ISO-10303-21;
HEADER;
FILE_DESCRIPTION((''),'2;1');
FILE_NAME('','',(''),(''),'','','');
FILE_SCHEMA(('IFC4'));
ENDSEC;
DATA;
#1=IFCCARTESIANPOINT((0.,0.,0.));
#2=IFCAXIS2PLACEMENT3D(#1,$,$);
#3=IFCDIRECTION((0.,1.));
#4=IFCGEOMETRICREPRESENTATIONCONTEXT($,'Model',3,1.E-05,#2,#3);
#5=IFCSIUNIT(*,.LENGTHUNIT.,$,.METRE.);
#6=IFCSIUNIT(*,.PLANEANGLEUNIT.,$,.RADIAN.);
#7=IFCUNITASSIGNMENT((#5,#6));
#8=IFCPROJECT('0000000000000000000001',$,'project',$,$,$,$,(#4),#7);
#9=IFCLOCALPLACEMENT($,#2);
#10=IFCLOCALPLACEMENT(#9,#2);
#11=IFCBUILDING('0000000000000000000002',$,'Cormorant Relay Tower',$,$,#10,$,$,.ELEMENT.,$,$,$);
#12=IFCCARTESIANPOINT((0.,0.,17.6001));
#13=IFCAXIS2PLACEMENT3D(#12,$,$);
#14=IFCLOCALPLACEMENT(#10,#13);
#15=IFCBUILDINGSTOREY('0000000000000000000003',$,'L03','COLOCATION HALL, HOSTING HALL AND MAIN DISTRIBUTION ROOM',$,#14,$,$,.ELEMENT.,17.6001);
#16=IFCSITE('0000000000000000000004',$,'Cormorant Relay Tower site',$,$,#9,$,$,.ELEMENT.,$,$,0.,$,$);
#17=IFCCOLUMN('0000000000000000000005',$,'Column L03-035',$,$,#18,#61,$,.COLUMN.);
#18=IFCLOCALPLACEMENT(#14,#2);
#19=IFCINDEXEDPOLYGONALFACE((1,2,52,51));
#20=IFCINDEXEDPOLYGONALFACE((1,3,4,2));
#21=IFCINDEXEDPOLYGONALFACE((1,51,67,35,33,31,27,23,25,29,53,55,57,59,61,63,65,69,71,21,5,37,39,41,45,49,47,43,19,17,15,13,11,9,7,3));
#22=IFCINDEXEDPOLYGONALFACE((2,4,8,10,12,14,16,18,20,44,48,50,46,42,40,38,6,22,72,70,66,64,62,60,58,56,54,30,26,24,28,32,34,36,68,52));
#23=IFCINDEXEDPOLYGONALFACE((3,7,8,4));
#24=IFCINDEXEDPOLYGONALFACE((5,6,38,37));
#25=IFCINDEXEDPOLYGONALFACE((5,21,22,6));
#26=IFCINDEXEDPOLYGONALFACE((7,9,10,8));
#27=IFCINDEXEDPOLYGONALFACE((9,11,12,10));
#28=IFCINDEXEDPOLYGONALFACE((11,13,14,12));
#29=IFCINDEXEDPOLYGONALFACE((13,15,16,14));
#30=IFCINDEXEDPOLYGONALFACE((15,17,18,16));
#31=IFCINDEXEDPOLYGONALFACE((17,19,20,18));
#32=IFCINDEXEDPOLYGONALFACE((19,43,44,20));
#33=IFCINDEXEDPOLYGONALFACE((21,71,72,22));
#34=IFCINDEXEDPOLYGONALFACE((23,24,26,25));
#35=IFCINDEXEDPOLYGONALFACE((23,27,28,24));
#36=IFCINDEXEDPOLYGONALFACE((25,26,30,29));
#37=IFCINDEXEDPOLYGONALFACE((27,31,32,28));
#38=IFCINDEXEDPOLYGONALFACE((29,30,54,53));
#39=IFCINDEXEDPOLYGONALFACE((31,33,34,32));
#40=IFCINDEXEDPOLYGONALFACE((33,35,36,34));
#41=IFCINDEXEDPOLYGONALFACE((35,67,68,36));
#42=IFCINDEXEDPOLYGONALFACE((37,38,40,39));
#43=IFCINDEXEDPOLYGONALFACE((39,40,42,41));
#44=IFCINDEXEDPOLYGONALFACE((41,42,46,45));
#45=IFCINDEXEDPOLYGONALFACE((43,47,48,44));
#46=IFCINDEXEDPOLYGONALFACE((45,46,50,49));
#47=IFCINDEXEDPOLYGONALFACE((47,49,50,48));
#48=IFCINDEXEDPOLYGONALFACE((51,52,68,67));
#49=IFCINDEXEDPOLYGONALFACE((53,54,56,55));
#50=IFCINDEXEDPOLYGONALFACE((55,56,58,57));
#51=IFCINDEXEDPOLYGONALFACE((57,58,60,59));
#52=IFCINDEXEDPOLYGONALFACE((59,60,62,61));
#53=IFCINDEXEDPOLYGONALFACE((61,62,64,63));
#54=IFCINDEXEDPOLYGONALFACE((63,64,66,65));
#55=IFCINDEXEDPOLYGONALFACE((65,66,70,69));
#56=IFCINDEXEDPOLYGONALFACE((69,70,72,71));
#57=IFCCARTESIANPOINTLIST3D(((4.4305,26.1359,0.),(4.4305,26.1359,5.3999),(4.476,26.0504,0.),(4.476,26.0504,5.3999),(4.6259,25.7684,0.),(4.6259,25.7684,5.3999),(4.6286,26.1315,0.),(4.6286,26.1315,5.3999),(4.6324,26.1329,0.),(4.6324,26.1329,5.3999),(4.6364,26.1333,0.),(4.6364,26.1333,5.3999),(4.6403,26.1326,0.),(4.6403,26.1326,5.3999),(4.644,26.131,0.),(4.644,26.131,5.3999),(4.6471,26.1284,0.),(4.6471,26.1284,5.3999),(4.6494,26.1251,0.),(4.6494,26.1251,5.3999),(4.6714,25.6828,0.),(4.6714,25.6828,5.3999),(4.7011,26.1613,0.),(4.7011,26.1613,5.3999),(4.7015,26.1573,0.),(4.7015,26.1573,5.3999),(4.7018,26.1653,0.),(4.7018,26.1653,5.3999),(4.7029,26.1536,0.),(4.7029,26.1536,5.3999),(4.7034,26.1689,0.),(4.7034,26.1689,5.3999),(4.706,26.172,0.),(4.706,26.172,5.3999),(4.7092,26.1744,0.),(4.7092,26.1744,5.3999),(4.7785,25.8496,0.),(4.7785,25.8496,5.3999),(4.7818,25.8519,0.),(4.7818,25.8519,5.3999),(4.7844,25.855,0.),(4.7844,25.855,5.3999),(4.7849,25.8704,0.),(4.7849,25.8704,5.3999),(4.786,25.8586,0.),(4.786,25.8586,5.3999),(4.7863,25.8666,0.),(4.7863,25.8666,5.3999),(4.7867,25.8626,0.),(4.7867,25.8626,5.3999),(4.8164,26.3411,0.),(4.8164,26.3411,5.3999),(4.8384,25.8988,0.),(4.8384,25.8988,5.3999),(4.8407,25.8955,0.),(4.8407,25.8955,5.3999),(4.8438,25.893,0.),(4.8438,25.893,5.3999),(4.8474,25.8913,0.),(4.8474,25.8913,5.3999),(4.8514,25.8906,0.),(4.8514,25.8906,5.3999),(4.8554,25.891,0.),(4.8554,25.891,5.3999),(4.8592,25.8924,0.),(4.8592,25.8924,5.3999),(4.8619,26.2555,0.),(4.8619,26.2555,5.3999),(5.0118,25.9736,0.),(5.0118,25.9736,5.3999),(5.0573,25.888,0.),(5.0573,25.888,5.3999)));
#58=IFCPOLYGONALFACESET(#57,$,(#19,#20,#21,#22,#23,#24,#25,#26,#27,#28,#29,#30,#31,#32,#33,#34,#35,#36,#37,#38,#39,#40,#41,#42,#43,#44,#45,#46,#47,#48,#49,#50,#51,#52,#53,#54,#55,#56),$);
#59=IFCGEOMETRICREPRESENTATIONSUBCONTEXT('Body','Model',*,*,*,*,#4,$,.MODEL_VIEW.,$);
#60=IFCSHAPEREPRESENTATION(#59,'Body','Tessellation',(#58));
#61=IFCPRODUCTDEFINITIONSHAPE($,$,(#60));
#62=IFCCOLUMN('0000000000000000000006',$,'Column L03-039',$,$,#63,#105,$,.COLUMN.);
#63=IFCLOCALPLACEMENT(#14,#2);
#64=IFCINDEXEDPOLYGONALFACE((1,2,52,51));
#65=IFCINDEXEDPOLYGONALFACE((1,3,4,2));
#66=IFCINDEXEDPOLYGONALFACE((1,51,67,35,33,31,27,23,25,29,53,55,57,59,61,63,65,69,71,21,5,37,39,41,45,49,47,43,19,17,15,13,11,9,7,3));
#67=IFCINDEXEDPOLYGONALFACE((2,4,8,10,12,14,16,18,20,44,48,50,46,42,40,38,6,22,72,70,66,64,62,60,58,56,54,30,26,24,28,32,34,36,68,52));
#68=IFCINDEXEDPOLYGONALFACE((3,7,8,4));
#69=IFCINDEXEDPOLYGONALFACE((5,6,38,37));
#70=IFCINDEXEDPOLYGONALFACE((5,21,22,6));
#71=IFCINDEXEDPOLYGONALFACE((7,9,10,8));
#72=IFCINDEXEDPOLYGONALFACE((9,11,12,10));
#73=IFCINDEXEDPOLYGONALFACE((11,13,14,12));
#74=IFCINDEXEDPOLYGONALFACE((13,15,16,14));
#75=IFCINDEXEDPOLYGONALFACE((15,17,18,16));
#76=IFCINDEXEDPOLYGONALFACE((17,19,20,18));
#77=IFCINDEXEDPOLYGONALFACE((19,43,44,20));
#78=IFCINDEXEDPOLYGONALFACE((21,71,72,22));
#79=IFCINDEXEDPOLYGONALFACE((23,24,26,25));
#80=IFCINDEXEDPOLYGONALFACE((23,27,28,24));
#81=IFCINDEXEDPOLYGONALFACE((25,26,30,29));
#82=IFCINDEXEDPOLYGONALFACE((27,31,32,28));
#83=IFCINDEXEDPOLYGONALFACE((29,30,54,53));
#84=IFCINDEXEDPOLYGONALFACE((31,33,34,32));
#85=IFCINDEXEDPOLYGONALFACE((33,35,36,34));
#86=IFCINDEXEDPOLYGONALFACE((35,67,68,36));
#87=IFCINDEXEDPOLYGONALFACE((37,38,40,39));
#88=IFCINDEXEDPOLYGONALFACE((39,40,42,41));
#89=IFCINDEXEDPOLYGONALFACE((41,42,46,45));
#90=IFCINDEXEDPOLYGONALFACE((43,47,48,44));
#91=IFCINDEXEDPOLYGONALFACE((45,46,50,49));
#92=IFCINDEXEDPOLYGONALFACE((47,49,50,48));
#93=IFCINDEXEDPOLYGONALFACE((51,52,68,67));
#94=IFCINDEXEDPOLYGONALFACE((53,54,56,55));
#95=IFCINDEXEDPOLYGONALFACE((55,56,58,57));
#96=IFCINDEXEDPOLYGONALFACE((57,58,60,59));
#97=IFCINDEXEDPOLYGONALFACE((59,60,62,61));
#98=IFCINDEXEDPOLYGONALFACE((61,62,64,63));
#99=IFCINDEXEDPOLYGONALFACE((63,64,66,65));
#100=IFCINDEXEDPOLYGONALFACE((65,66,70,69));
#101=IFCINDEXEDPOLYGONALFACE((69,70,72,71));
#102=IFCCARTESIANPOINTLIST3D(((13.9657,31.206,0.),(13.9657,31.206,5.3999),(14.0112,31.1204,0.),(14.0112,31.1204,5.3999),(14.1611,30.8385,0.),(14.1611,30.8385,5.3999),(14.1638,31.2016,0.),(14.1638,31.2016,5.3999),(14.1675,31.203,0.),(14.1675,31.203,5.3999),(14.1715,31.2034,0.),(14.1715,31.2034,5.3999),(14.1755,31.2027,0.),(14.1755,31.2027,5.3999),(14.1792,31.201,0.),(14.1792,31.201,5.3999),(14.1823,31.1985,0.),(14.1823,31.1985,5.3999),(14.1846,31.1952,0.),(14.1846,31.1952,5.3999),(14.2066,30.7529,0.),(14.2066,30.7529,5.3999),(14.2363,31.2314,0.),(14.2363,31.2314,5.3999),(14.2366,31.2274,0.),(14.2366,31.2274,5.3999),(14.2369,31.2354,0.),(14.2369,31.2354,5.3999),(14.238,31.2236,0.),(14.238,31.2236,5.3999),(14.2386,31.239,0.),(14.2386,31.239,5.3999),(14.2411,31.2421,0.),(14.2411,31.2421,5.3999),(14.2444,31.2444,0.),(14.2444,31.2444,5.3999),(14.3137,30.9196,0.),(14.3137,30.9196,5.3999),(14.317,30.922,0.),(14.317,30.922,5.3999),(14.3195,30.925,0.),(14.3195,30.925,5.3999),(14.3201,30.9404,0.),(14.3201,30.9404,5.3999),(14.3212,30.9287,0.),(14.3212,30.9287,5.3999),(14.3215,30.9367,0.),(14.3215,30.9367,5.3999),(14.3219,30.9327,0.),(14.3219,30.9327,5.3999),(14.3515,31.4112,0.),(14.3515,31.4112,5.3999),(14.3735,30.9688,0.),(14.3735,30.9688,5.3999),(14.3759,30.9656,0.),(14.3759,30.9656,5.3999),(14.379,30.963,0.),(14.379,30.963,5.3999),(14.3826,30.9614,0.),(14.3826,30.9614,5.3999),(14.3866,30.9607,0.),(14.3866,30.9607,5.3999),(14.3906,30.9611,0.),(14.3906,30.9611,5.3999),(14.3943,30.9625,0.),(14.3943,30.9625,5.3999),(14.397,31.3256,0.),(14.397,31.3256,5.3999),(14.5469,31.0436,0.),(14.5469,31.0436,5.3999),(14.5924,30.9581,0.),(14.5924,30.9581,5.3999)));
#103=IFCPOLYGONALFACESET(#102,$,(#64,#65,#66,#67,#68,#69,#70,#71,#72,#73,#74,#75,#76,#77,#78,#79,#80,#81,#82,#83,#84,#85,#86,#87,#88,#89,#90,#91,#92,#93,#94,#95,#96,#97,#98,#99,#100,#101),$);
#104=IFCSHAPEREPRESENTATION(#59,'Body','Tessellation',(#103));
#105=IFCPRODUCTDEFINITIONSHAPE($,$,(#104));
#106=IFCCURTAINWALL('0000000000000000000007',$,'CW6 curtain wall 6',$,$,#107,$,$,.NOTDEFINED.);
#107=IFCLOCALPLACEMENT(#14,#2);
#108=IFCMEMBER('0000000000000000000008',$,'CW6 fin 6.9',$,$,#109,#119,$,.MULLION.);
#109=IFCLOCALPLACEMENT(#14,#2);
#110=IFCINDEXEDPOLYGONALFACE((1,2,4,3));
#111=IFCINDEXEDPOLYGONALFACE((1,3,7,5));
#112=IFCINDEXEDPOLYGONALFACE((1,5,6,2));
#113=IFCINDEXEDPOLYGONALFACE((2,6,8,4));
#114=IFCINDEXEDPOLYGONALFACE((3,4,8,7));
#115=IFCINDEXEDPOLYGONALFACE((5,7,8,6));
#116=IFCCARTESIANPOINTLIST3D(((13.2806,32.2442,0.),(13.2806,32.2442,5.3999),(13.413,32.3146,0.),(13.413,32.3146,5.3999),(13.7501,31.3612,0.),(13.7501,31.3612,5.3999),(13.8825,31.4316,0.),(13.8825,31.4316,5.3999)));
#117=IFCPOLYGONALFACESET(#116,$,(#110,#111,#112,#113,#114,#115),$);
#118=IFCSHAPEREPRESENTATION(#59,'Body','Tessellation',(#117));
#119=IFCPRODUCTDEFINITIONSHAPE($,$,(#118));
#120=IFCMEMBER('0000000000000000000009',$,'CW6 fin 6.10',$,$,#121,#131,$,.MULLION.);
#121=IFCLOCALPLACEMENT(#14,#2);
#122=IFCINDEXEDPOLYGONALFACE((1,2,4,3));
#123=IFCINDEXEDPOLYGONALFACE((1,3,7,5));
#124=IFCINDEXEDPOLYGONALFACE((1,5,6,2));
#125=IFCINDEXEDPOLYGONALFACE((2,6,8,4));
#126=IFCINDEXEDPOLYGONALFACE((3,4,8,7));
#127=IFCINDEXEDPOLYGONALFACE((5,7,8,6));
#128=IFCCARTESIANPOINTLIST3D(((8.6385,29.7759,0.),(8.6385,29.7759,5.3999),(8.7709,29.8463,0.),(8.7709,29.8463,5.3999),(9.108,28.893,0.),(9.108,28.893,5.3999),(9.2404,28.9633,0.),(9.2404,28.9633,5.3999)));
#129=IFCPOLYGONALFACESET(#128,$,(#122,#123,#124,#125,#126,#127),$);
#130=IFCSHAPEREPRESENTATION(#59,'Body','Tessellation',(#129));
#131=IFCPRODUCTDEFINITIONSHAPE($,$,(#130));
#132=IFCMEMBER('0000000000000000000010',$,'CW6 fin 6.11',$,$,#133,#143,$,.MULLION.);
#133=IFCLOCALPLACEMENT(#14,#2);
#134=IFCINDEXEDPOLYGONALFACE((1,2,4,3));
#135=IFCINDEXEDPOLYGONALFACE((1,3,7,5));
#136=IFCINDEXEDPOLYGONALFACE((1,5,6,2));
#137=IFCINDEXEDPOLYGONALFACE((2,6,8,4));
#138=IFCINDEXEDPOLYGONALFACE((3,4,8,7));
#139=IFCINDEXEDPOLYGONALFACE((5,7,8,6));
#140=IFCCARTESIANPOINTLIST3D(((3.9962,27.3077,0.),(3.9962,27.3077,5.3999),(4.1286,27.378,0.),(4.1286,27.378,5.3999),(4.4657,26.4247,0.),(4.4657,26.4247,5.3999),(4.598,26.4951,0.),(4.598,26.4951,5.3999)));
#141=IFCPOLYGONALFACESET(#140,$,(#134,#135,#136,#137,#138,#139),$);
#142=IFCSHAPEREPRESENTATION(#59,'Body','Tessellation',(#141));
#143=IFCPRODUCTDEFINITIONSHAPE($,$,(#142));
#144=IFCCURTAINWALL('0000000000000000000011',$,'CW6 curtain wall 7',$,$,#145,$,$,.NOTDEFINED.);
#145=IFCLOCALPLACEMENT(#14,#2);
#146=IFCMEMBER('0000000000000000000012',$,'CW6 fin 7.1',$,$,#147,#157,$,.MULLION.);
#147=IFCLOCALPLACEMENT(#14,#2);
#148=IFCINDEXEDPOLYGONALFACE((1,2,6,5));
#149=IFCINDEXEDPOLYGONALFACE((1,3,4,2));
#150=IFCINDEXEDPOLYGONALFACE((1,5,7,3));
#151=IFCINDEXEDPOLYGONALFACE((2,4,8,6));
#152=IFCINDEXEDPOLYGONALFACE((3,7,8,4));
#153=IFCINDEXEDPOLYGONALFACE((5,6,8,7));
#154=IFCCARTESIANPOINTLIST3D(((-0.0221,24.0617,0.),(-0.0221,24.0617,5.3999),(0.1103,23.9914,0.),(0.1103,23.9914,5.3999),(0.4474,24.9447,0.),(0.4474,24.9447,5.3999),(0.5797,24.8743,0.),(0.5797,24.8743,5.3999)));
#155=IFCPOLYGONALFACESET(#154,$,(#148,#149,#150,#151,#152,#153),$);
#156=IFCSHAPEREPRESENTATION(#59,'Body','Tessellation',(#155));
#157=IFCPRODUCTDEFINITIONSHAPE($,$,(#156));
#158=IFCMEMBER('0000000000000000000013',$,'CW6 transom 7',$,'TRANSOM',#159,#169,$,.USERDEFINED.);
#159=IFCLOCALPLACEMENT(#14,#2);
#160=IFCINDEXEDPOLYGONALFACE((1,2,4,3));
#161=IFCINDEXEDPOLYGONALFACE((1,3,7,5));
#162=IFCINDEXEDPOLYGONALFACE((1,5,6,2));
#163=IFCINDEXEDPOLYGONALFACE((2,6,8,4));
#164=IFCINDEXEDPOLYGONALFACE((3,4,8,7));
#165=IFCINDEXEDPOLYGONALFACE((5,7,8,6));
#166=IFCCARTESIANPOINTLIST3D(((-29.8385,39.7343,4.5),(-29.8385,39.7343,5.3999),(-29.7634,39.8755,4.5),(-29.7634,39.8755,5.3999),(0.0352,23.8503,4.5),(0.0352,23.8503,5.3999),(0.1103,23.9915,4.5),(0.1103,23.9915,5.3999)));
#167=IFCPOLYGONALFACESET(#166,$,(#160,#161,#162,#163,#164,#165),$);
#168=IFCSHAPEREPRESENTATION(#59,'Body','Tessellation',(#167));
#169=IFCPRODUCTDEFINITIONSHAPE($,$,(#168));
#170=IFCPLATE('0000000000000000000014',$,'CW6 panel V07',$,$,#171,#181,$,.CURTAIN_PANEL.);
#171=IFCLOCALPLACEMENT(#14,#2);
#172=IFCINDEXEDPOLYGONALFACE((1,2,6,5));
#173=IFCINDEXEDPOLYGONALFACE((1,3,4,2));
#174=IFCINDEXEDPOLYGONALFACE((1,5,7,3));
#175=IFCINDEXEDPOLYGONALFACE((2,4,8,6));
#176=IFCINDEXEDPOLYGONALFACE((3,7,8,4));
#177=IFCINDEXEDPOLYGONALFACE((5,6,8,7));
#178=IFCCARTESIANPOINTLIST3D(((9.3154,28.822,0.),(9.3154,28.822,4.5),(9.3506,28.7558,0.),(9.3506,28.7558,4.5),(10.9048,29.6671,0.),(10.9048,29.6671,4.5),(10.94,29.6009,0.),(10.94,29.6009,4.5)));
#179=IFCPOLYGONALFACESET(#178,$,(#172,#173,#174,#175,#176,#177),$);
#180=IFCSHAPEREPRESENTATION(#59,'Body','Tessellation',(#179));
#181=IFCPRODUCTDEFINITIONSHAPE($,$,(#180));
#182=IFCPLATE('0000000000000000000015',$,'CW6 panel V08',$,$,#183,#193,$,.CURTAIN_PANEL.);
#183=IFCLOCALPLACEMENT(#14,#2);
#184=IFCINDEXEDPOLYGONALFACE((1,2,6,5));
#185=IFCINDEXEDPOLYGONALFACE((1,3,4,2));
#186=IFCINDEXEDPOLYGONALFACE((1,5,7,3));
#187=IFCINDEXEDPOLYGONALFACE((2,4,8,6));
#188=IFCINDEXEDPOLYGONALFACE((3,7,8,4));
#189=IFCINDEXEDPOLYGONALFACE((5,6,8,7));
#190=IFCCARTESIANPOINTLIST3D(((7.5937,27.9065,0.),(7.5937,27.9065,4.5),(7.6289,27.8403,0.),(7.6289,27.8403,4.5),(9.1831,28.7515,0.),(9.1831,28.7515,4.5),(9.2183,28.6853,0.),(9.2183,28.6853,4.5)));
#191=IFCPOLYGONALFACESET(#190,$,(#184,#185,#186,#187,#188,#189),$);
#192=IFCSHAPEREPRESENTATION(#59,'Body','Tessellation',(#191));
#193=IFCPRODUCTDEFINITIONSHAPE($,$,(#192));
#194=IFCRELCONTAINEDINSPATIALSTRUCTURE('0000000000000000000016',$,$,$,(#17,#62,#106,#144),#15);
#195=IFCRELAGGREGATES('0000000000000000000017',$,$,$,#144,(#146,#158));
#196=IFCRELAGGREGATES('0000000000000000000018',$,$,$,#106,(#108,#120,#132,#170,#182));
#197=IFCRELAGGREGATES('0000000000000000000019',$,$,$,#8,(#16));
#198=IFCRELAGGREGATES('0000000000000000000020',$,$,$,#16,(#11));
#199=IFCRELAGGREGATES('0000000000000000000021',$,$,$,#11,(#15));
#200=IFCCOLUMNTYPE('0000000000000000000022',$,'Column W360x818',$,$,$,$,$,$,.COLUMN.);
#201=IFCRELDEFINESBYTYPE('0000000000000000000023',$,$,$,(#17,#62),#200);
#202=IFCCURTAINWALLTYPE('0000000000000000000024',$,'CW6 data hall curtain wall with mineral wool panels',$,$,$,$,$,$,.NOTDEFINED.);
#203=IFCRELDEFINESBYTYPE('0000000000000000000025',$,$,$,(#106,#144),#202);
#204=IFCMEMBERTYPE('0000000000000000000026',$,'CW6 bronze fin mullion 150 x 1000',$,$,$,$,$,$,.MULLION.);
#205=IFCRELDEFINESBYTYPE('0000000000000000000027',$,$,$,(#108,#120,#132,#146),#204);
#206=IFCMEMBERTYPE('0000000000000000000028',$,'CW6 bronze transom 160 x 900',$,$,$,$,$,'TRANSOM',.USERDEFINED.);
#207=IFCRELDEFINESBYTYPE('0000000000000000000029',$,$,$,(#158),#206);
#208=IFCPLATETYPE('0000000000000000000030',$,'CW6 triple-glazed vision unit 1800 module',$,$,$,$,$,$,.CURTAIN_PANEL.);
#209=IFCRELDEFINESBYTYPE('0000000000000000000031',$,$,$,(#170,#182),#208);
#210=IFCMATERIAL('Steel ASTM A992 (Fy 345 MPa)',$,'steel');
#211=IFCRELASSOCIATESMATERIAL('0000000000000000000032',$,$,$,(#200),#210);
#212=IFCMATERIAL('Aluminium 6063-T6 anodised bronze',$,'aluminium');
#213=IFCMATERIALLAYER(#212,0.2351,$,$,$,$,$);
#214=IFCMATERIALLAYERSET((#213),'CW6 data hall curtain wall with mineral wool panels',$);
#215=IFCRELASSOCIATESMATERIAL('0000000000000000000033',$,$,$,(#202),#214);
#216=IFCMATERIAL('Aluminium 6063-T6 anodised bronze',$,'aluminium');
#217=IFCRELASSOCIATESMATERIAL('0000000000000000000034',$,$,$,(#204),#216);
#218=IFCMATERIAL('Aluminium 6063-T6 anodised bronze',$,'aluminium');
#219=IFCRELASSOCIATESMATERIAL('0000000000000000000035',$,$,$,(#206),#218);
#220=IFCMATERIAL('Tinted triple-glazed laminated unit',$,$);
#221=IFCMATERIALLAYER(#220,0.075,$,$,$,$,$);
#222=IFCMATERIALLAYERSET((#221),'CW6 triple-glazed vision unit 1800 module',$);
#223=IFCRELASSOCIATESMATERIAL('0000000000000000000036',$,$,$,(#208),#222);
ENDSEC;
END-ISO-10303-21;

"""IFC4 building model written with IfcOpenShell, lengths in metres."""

from ifc_helpers import new_model, si_unit, direction, frame, origin, origin_2d, place, context, subcontext, project, spatial, rectangle, i_section, extrude, material, layer, layer_set, material_profile, profile_set, type_object, element, aggregate, save


model = new_model("IFC4")

# Units and contexts
model_context = context("Model", 3, precision=1e-05, world=origin(), true_north=direction((0.0, 1.0)))
body_context = subcontext(model_context, "Body", "Model", "MODEL_VIEW")
ifc_project = project(units=[si_unit("LENGTHUNIT", "METRE"), si_unit("PLANEANGLEUNIT", "RADIAN")], contexts=[model_context])

# Site, building, storey
site_placement = place(None, origin())
site = spatial("IfcSite", under=ifc_project, at=site_placement, Name="Cormorant Relay Tower site", CompositionType="ELEMENT", RefElevation=0.0)
building_placement = place(site_placement, origin())
building = spatial("IfcBuilding", under=site, at=building_placement, Name="Cormorant Relay Tower", CompositionType="ELEMENT")
storey_placement = place(building_placement, frame((0.0, 0.0, 17.6001)))
storey = spatial("IfcBuildingStorey", under=building, at=storey_placement, Name="L03", Description="COLOCATION HALL, HOSTING HALL AND MAIN DISTRIBUTION ROOM", CompositionType="ELEMENT", Elevation=17.6001)

# Columns
ifc_material_1 = material(Name="Steel ASTM A992 (Fy 345 MPa)", Category="steel")
ifc_material_profile_1 = material_profile(ifc_material_1, i_section(OverallWidth=0.437, OverallDepth=0.5132, WebThickness=0.0605, FlangeThickness=0.0969, FilletRadius=0.0154, at=origin_2d()), Name="W360x818")
ifc_profile_set_1 = profile_set([ifc_material_profile_1], Name="Steel ASTM A992 (Fy 345 MPa)")
column_type = type_object("IfcColumnType", Name="Column W360x818", PredefinedType="COLUMN", material=ifc_profile_set_1)
for number, where, z_axis, x_axis, name in (
    (1, (4.7439, 26.012, 0.0), (0.0, 0.0, 1.0), (-0.882948, -0.469472, 0.0), "Column L03-035"),
    (2, (14.2791, 31.082, 0.0), (0.0, 0.0, 1.0), (-0.882948, -0.469472, 0.0), "Column L03-039"),
):
    element("IfcColumn", number, at=place(storey_placement, frame(where, z_axis=z_axis, x_axis=x_axis)), inside=storey, type_object=column_type, Name=name, PredefinedType="COLUMN", context=body_context, shape_type="SweptSolid", body=[
        extrude(i_section(OverallWidth=0.437, OverallDepth=0.5132, WebThickness=0.0605, FlangeThickness=0.0969, FilletRadius=0.0154, at=origin_2d()), origin(), (0.0, 0.0, 1.0), 5.3999),
    ])

# Curtain walls, members
ifc_material_2 = material(Name="Aluminium 6063-T6 anodised bronze", Category="aluminium")
ifc_layer_1 = layer(ifc_material_2, 0.2351)
ifc_layer_set_1 = layer_set([ifc_layer_1], Name="CW6 data hall curtain wall with mineral wool panels")
curtain_wall_type = type_object("IfcCurtainWallType", Name="CW6 data hall curtain wall with mineral wool panels", PredefinedType="NOTDEFINED", material=ifc_layer_set_1)
curtain_wall_1_placement = place(storey_placement, origin())
curtain_wall_1 = element("IfcCurtainWall", 3, at=curtain_wall_1_placement, inside=storey, type_object=curtain_wall_type, Name="CW6 curtain wall 6", PredefinedType="NOTDEFINED")
ifc_material_3 = material(Name="Aluminium 6063-T6 anodised bronze", Category="aluminium")
ifc_material_profile_2 = material_profile(ifc_material_3, rectangle(XDim=0.1499, YDim=1.0, at=origin_2d()), Name="AL 150x1000")
ifc_profile_set_2 = profile_set([ifc_material_profile_2], Name="Aluminium 6063-T6 anodised bronze")
member_type_1 = type_object("IfcMemberType", Name="CW6 bronze fin mullion 150 x 1000", PredefinedType="MULLION", material=ifc_profile_set_2)
member_1_placement = place(storey_placement, frame((13.5815, 31.8379, 0.0), z_axis=(0.0, 0.0, 1.0), x_axis=(-0.882948, -0.469472, 0.0)))
member_1 = element("IfcMember", 4, at=member_1_placement, type_object=member_type_1, Name="CW6 fin 6.9", PredefinedType="MULLION", context=body_context, shape_type="SweptSolid", body=[
    extrude(rectangle(XDim=0.1499, YDim=1.0, at=origin_2d()), origin(), (0.0, 0.0, 1.0), 5.3999),
])
member_2_placement = place(storey_placement, frame((8.9395, 29.3696, 0.0), z_axis=(0.0, 0.0, 1.0), x_axis=(-0.882948, -0.469472, 0.0)))
member_2 = element("IfcMember", 5, at=member_2_placement, type_object=member_type_1, Name="CW6 fin 6.10", PredefinedType="MULLION", context=body_context, shape_type="SweptSolid", body=[
    extrude(rectangle(XDim=0.1499, YDim=1.0, at=origin_2d()), origin(), (0.0, 0.0, 1.0), 5.3999),
])
member_3_placement = place(storey_placement, frame((4.2971, 26.9014, 0.0), z_axis=(0.0, 0.0, 1.0), x_axis=(-0.882948, -0.469472, 0.0)))
member_3 = element("IfcMember", 6, at=member_3_placement, type_object=member_type_1, Name="CW6 fin 6.11", PredefinedType="MULLION", context=body_context, shape_type="SweptSolid", body=[
    extrude(rectangle(XDim=0.1499, YDim=1.0, at=origin_2d()), origin(), (0.0, 0.0, 1.0), 5.3999),
])
curtain_wall_2_placement = place(storey_placement, origin())
curtain_wall_2 = element("IfcCurtainWall", 7, at=curtain_wall_2_placement, inside=storey, type_object=curtain_wall_type, Name="CW6 curtain wall 7", PredefinedType="NOTDEFINED")
member_4_placement = place(storey_placement, frame((0.2788, 24.468, 0.0), z_axis=(0.0, 0.0, 1.0), x_axis=(-0.882948, 0.469472, 0.0)))
member_4 = element("IfcMember", 8, at=member_4_placement, type_object=member_type_1, Name="CW6 fin 7.1", PredefinedType="MULLION", context=body_context, shape_type="SweptSolid", body=[
    extrude(rectangle(XDim=0.1499, YDim=1.0, at=origin_2d()), origin(), (0.0, 0.0, 1.0), 5.3999),
])
ifc_material_4 = material(Name="Aluminium 6063-T6 anodised bronze", Category="aluminium")
ifc_material_profile_3 = material_profile(ifc_material_4, rectangle(XDim=0.1599, YDim=0.8999, at=origin_2d()), Name="AL 160x900")
ifc_profile_set_3 = profile_set([ifc_material_profile_3], Name="Aluminium 6063-T6 anodised bronze")
member_type_2 = type_object("IfcMemberType", Name="CW6 bronze transom 160 x 900", ElementType="TRANSOM", PredefinedType="USERDEFINED", material=ifc_profile_set_3)
member_5_placement = place(storey_placement, frame((0.0728, 23.9209, 4.95), z_axis=(-0.882949, 0.469468, 0.0), x_axis=(-0.469468, -0.882949, 0.0)))
member_5 = element("IfcMember", 9, at=member_5_placement, type_object=member_type_2, Name="CW6 transom 7", ObjectType="TRANSOM", PredefinedType="USERDEFINED", context=body_context, shape_type="SweptSolid", body=[
    extrude(rectangle(XDim=0.1599, YDim=0.8999, at=origin_2d()), origin(), (0.0, 0.0, 1.0), 33.834),
])
aggregate(curtain_wall_2, [member_4, member_5])

# Plates
ifc_material_5 = material(Name="Tinted triple-glazed laminated unit")
ifc_layer_2 = layer(ifc_material_5, 0.075)
ifc_layer_set_2 = layer_set([ifc_layer_2], Name="CW6 triple-glazed vision unit 1800 module")
plate_type = type_object("IfcPlateType", Name="CW6 triple-glazed vision unit 1800 module", PredefinedType="CURTAIN_PANEL", material=ifc_layer_set_2)
plate_1_placement = place(storey_placement, frame((10.1277, 29.2114, 0.0), z_axis=(0.0, 0.0, 1.0), x_axis=(-0.882948, -0.469472, 0.0)))
plate_1 = element("IfcPlate", 10, at=plate_1_placement, type_object=plate_type, Name="CW6 panel V07", PredefinedType="CURTAIN_PANEL", context=body_context, shape_type="SweptSolid", body=[
    extrude(rectangle(XDim=1.8, YDim=0.075, at=origin_2d()), origin(), (0.0, 0.0, 1.0), 4.5),
])
plate_2_placement = place(storey_placement, frame((8.406, 28.2959, 0.0), z_axis=(0.0, 0.0, 1.0), x_axis=(-0.882948, -0.469472, 0.0)))
plate_2 = element("IfcPlate", 11, at=plate_2_placement, type_object=plate_type, Name="CW6 panel V08", PredefinedType="CURTAIN_PANEL", context=body_context, shape_type="SweptSolid", body=[
    extrude(rectangle(XDim=1.8, YDim=0.075, at=origin_2d()), origin(), (0.0, 0.0, 1.0), 4.5),
])

aggregate(curtain_wall_1, [member_1, member_2, member_3, plate_1, plate_2])

save(model, "model.ifc")
